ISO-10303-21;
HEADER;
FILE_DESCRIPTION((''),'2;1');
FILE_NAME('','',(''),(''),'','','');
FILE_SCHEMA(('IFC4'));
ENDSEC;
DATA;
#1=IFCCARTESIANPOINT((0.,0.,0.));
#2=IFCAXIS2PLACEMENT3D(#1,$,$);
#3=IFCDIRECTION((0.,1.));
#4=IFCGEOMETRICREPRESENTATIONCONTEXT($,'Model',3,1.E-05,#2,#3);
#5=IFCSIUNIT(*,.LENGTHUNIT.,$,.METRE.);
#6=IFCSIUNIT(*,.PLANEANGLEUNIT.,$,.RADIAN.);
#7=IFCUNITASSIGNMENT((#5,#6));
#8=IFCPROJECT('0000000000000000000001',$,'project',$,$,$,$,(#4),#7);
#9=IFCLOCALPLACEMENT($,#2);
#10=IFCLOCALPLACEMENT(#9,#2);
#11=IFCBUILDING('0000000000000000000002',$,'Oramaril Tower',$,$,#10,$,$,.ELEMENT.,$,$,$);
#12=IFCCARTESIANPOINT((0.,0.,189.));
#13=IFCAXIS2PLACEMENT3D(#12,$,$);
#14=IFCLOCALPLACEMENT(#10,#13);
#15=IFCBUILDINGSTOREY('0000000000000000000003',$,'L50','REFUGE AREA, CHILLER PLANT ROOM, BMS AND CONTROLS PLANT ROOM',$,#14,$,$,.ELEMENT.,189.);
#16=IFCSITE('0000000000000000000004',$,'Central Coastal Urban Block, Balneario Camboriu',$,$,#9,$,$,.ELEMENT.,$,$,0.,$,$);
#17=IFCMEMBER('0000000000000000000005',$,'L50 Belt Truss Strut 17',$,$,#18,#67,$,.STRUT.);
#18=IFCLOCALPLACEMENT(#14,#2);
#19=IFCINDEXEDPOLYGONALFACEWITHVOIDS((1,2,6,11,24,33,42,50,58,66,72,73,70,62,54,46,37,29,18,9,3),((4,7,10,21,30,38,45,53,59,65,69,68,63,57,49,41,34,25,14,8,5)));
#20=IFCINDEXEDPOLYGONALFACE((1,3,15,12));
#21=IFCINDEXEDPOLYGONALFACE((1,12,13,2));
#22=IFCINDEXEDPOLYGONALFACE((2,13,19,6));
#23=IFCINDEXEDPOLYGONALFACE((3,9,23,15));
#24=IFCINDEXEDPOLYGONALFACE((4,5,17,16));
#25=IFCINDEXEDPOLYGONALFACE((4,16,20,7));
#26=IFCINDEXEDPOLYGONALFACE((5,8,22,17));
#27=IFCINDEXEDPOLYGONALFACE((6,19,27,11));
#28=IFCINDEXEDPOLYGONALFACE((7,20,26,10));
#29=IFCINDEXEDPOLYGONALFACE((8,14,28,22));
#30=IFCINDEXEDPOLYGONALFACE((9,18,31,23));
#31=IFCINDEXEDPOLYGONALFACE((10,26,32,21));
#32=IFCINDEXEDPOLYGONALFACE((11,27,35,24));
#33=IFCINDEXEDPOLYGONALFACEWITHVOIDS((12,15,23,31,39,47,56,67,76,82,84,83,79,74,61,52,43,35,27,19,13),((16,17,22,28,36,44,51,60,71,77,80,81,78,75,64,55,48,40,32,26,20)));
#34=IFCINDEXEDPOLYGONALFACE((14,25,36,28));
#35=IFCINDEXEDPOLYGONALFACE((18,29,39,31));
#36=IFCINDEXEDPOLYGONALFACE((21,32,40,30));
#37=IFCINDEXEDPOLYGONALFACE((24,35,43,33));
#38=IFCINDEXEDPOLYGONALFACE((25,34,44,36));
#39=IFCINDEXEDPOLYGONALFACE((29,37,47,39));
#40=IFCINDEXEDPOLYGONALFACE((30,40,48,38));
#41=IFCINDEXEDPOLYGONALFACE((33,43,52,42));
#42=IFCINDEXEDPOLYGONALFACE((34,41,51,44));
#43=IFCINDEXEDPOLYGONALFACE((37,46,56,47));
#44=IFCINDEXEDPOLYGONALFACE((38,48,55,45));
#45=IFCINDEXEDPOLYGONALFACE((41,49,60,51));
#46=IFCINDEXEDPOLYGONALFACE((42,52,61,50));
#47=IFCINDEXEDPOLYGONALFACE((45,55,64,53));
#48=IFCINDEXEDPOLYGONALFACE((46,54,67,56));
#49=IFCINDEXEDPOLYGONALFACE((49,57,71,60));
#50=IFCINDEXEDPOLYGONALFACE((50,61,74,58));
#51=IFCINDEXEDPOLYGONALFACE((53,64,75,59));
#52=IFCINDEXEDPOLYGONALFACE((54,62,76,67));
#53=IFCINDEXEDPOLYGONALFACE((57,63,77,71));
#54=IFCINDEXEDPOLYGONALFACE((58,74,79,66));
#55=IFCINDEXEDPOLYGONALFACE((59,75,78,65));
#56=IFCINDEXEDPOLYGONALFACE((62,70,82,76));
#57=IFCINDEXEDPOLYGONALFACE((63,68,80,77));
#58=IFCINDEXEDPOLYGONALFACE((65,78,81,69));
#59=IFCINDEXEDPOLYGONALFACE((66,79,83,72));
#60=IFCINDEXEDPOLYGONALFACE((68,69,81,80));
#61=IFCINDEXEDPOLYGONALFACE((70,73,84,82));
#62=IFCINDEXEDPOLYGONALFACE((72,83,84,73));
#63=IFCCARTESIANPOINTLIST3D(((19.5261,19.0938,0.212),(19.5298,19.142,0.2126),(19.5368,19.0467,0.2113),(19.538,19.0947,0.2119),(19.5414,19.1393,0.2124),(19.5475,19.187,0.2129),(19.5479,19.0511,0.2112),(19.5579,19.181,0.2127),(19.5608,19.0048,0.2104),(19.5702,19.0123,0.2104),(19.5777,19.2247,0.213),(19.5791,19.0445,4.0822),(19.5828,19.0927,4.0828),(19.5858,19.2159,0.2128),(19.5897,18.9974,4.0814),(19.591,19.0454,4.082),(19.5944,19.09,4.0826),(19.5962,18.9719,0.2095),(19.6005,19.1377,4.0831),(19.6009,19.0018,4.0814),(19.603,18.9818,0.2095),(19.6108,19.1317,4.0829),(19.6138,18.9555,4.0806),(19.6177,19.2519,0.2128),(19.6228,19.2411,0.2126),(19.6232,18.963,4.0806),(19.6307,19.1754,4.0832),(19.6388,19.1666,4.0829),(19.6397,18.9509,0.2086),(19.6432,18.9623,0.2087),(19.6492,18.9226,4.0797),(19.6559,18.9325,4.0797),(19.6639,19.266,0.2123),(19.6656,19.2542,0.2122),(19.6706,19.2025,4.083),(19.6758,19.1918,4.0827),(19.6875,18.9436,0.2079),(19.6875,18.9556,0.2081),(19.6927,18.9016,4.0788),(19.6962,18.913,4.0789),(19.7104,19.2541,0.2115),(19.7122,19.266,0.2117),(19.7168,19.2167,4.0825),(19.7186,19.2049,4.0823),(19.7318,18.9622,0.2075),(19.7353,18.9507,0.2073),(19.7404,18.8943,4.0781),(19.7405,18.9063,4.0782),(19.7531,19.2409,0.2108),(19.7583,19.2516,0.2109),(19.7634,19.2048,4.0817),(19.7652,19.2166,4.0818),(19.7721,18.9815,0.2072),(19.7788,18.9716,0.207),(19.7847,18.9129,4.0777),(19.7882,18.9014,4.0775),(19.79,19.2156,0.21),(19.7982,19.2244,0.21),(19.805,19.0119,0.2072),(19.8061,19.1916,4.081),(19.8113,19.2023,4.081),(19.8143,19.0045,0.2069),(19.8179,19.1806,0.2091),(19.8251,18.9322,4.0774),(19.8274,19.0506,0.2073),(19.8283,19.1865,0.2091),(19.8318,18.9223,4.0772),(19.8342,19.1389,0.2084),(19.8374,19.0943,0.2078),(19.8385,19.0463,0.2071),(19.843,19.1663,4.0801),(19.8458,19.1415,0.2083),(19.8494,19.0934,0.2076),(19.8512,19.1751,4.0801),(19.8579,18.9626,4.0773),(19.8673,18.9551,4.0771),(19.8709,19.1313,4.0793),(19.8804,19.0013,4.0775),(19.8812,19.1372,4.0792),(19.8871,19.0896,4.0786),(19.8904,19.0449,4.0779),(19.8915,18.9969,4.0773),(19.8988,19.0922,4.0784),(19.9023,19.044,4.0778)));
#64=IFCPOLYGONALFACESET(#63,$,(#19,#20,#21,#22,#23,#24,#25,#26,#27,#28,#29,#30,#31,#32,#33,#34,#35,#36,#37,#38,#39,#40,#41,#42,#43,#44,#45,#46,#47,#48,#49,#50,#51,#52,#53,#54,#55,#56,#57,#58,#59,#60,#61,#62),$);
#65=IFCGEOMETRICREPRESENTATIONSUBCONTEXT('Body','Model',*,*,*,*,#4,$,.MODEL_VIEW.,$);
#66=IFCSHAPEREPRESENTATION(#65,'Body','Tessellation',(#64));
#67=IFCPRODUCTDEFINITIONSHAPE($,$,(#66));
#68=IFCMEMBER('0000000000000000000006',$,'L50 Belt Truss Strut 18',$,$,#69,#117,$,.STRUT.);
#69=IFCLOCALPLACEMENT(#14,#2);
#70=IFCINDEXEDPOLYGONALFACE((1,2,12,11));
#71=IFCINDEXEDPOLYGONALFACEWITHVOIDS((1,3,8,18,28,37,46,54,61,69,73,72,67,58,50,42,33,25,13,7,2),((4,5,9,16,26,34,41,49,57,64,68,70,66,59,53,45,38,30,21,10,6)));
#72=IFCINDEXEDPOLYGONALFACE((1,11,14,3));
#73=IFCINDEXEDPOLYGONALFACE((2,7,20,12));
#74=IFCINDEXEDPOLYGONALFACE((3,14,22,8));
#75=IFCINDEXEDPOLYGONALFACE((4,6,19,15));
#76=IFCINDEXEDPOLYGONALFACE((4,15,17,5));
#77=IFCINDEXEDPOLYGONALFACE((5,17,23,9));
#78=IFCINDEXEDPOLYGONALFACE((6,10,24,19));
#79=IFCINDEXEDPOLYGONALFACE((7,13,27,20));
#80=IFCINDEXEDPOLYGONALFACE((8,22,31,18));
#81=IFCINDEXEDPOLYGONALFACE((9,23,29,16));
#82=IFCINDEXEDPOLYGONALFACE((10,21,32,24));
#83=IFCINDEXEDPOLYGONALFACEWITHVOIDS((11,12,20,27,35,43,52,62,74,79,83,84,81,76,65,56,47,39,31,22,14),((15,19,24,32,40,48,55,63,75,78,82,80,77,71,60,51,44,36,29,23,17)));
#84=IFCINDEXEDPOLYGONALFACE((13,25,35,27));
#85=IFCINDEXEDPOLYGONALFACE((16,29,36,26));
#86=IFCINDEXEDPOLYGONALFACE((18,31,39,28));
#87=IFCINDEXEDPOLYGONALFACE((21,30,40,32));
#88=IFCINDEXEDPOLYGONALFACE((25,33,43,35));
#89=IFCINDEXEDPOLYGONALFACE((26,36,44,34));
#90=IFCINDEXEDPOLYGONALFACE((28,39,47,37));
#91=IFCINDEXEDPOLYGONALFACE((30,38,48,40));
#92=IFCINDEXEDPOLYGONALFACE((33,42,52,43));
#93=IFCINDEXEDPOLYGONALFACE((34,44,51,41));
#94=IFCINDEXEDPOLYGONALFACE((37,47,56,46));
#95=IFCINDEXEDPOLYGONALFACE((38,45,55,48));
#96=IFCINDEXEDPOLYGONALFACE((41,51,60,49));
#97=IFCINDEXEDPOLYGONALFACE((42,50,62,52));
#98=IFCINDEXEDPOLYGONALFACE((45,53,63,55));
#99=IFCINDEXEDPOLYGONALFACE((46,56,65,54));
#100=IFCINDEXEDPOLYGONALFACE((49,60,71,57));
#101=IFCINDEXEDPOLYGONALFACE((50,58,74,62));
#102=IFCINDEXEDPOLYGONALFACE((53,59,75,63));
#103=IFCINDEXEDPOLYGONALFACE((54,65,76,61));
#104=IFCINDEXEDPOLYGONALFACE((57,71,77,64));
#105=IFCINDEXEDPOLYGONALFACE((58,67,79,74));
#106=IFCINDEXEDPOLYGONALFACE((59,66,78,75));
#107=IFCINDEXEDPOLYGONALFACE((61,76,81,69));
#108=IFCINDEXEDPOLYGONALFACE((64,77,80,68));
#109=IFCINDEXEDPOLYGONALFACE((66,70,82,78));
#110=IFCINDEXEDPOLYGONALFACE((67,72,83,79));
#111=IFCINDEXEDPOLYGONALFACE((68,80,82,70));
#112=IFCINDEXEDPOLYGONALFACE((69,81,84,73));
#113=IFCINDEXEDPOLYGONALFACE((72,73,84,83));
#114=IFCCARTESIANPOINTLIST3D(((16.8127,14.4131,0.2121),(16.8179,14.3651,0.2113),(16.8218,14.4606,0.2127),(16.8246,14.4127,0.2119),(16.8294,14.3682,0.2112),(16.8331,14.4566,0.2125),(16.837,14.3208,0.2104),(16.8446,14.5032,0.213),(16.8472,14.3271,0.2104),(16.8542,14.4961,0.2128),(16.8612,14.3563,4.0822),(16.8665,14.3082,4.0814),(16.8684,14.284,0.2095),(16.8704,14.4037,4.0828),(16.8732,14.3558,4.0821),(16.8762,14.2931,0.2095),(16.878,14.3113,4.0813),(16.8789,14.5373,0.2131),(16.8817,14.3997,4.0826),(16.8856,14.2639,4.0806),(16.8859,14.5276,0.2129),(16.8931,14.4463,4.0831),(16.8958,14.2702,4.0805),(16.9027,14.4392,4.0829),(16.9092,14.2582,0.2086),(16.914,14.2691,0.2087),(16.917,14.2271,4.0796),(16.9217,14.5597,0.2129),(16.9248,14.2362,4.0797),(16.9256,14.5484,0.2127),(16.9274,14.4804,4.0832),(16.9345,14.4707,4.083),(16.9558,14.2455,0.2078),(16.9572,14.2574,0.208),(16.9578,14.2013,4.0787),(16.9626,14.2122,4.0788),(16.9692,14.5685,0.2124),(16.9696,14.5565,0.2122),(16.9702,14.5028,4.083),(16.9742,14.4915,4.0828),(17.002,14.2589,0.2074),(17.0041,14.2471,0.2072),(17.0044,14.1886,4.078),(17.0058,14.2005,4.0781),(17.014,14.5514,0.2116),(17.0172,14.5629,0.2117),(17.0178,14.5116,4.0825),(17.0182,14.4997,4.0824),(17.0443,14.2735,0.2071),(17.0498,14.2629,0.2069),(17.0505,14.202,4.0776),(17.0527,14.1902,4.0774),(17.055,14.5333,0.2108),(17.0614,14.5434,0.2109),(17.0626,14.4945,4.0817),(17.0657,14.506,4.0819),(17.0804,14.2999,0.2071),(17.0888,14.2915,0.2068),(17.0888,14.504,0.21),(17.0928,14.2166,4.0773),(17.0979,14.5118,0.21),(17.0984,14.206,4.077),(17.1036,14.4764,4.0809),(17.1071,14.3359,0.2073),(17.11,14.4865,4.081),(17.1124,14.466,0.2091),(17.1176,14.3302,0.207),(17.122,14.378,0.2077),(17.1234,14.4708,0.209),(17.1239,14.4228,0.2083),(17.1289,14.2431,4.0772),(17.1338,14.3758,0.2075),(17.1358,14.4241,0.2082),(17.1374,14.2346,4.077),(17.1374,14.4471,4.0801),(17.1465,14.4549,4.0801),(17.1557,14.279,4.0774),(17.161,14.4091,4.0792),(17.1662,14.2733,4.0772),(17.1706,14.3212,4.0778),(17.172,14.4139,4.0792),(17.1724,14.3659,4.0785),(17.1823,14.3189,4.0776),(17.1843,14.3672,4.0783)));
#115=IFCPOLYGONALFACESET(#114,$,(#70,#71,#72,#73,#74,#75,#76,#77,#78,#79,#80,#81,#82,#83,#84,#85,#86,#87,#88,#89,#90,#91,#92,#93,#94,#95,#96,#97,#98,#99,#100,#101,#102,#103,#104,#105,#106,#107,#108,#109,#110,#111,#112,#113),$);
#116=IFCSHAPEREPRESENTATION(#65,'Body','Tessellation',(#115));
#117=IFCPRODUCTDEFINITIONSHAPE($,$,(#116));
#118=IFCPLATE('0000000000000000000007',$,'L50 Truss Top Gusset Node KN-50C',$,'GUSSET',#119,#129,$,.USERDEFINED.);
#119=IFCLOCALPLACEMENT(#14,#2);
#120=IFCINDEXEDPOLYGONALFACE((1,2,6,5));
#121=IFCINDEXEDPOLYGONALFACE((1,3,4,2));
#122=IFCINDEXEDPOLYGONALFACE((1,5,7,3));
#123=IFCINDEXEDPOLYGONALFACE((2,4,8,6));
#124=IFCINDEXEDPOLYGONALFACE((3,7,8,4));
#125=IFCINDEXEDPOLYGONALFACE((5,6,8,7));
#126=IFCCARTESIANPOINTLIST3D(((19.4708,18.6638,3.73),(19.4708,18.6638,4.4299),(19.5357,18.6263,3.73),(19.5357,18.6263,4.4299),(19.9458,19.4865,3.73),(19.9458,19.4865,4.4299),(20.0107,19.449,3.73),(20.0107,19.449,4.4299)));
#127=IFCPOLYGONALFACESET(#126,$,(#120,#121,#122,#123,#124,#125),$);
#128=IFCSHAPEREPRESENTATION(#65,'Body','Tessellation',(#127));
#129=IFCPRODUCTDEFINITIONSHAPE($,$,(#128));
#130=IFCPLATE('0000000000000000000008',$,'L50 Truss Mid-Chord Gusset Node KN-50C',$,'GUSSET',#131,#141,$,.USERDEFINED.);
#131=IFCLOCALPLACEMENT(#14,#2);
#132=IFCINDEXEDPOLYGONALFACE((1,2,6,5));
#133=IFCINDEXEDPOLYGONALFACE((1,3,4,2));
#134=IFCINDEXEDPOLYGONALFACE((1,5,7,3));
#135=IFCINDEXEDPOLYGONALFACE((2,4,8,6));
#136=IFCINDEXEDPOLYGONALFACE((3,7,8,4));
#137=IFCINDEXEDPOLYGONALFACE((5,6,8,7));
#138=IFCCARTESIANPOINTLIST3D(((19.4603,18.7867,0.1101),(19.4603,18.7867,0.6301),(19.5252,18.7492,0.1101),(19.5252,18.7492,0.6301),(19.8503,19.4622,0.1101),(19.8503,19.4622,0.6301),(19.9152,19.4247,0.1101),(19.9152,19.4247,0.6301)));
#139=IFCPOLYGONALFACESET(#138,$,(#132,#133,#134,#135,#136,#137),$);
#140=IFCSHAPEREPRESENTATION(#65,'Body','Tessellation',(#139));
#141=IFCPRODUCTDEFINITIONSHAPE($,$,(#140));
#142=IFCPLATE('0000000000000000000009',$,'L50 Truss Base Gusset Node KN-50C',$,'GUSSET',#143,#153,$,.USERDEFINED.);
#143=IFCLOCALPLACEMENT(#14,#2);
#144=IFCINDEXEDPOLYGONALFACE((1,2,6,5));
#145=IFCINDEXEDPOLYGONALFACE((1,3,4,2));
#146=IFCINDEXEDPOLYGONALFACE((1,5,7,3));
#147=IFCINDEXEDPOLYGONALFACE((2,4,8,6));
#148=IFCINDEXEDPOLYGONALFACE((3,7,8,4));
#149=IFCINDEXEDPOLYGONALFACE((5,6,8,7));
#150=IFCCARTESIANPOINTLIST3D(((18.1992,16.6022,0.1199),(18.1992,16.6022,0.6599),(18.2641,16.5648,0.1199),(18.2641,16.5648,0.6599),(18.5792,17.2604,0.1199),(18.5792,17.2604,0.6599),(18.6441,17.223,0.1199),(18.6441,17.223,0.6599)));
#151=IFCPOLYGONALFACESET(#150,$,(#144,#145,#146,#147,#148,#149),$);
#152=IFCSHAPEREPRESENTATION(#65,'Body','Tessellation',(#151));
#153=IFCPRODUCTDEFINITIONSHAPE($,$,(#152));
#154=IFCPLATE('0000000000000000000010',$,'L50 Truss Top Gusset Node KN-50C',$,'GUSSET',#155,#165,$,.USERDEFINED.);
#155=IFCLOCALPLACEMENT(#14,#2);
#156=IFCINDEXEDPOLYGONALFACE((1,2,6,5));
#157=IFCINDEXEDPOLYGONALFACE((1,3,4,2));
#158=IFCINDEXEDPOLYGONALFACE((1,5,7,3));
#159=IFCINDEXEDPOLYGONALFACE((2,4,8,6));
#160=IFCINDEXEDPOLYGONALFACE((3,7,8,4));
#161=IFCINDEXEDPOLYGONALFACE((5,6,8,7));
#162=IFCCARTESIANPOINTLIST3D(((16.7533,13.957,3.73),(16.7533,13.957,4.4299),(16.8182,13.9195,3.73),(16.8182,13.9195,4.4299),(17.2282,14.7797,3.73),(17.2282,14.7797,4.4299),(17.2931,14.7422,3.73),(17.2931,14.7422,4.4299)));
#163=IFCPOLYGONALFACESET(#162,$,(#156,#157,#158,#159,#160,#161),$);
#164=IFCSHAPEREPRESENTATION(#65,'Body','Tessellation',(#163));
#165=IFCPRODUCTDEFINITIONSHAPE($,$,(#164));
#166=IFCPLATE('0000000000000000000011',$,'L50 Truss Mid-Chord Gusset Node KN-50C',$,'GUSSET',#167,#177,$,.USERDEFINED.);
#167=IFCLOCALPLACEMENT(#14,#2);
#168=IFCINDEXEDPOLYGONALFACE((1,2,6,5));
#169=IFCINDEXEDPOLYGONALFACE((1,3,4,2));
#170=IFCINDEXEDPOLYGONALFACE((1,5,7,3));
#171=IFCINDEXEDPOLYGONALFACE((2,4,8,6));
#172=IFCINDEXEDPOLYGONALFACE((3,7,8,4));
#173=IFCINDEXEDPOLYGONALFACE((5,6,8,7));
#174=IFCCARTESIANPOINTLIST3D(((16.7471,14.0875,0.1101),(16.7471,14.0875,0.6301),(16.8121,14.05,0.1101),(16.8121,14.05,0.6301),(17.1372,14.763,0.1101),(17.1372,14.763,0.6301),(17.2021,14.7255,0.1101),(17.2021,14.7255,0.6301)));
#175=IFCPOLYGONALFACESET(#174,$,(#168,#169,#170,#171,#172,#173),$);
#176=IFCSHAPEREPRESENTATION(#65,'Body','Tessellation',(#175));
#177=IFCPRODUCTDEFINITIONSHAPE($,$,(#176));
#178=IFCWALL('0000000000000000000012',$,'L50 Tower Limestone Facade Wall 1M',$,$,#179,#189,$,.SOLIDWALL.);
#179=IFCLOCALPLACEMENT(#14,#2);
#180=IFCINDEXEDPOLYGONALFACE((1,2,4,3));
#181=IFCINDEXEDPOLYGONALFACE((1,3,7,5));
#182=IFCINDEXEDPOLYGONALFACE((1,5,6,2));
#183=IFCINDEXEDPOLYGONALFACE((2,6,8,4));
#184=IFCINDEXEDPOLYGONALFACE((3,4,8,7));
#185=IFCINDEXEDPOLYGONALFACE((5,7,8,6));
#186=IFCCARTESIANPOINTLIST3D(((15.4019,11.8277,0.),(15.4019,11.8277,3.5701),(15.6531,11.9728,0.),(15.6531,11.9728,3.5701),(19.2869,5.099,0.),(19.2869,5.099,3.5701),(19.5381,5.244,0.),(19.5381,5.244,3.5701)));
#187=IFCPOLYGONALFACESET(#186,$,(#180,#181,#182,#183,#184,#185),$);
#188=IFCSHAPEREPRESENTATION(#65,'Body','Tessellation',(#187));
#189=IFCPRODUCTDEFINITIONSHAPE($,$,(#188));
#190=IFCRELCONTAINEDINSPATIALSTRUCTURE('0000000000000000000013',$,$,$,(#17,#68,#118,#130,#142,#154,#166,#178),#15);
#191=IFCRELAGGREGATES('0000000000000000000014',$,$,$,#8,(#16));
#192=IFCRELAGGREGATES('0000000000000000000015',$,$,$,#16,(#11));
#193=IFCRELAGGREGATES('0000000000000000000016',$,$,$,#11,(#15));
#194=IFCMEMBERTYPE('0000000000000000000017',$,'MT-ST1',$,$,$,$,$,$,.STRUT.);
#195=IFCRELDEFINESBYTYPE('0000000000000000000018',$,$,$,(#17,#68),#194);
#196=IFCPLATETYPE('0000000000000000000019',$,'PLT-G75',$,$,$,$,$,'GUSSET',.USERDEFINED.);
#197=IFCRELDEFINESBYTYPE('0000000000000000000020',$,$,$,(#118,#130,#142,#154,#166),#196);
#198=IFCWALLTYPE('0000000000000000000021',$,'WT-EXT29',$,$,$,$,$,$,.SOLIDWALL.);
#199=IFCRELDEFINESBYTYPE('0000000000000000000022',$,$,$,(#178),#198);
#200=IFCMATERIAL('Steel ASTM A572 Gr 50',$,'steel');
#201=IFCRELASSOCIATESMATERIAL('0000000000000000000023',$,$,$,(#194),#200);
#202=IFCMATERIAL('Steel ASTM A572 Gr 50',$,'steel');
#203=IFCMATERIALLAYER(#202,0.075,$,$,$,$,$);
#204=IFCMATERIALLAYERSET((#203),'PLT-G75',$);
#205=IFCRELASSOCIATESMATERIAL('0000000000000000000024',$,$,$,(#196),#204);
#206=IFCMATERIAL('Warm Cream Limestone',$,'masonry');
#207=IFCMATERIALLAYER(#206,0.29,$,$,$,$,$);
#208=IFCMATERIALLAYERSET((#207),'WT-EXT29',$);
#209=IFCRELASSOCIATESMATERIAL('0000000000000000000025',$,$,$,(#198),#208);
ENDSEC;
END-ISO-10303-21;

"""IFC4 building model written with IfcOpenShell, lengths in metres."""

from ifc_helpers import new_model, si_unit, direction, frame, frame_2d, origin, origin_2d, place, context, subcontext, project, spatial, rectangle, hollow_circle, extrude, material, layer, layer_set, material_profile, profile_set, type_object, element, save


model = new_model("IFC4")

# Units and contexts
model_context = context("Model", 3, precision=1e-05, world=origin(), true_north=direction((0.0, 1.0)))
body_context = subcontext(model_context, "Body", "Model", "MODEL_VIEW")
ifc_project = project(units=[si_unit("LENGTHUNIT", "METRE"), si_unit("PLANEANGLEUNIT", "RADIAN")], contexts=[model_context])

# Site, building, storey
site_placement = place(None, origin())
site = spatial("IfcSite", under=ifc_project, at=site_placement, Name="Central Coastal Urban Block, Balneario Camboriu", CompositionType="ELEMENT", RefElevation=0.0)
building_placement = place(site_placement, origin())
building = spatial("IfcBuilding", under=site, at=building_placement, Name="Oramaril Tower", CompositionType="ELEMENT")
storey_placement = place(building_placement, frame((0.0, 0.0, 189.0)))
storey = spatial("IfcBuildingStorey", under=building, at=storey_placement, Name="L50", Description="REFUGE AREA, CHILLER PLANT ROOM, BMS AND CONTROLS PLANT ROOM", CompositionType="ELEMENT", Elevation=189.0)

# Members
ifc_material_1 = material(Name="Steel ASTM A572 Gr 50", Category="steel")
ifc_material_profile_1 = material_profile(ifc_material_1, hollow_circle(Radius=0.1621, WallThickness=0.012, at=origin_2d()), Name="CHS324X12")
ifc_profile_set_1 = profile_set([ifc_material_profile_1], Name="Steel ASTM A572 Gr 50")
member_type_1 = type_object("IfcMemberType", Name="MT-ST1", PredefinedType="STRUT", material=ifc_profile_set_1)
for number, where, z_axis, x_axis, name in (
    (1, (19.6877, 19.1057, 0.21), (0.013687, -0.012741, 0.999825), (0.681356, 0.731952, 0.0), "L50 Belt Truss Strut 17"),
    (2, (16.9746, 14.4065, 0.21), (0.012551, -0.014696, 0.999813), (0.760407, 0.649447, 0.0), "L50 Belt Truss Strut 18"),
):
    element("IfcMember", number, at=place(storey_placement, frame(where, z_axis=z_axis, x_axis=x_axis)), inside=storey, type_object=member_type_1, Name=name, PredefinedType="STRUT", context=body_context, shape_type="SweptSolid", body=[
        extrude(hollow_circle(Radius=0.1621, WallThickness=0.012, at=origin_2d()), origin(), (0.0, 0.0, 1.0), 3.8708),
    ])

# Plates
ifc_material_2 = material(Name="Steel ASTM A572 Gr 50", Category="steel")
ifc_layer_1 = layer(ifc_material_2, 0.075)
ifc_layer_set_1 = layer_set([ifc_layer_1], Name="PLT-G75")
plate_type = type_object("IfcPlateType", Name="PLT-G75", ElementType="GUSSET", PredefinedType="USERDEFINED", material=ifc_layer_set_1)
plate_1_placement = place(storey_placement, frame((19.7407, 19.0564, 3.73), z_axis=(0.0, 0.0, 1.0), x_axis=(-0.499991, -0.866031, 0.0)))
element("IfcPlate", 3, at=plate_1_placement, inside=storey, type_object=plate_type, Name="L50 Truss Top Gusset Node KN-50C", ObjectType="GUSSET", PredefinedType="USERDEFINED", context=body_context, shape_type="SweptSolid", body=[
    extrude(rectangle(XDim=0.95, YDim=0.075, at=origin_2d()), origin(), (0.0, 0.0, 1.0), 0.7),
])
plate_2_placement = place(storey_placement, frame((19.6877, 19.1057, 0.1101), z_axis=(0.0, 0.0, 1.0), x_axis=(-0.499991, -0.866031, 0.0)))
element("IfcPlate", 4, at=plate_2_placement, inside=storey, type_object=plate_type, Name="L50 Truss Mid-Chord Gusset Node KN-50C", ObjectType="GUSSET", PredefinedType="USERDEFINED", context=body_context, shape_type="SweptSolid", body=[
    extrude(rectangle(XDim=0.78, YDim=0.075, at=origin_2d()), origin(), (0.0, 0.0, 1.0), 0.52),
])
plate_3_placement = place(storey_placement, frame((18.4216, 16.9126, 0.1199), z_axis=(0.0, 0.0, 1.0), x_axis=(-0.499991, -0.866031, 0.0)))
element("IfcPlate", 5, at=plate_3_placement, inside=storey, type_object=plate_type, Name="L50 Truss Base Gusset Node KN-50C", ObjectType="GUSSET", PredefinedType="USERDEFINED", context=body_context, shape_type="SweptSolid", body=[
    extrude(rectangle(XDim=0.76, YDim=0.075, at=origin_2d()), origin(), (0.0, 0.0, 1.0), 0.54),
])
plate_4_placement = place(storey_placement, frame((17.0232, 14.3496, 3.73), z_axis=(0.0, 0.0, 1.0), x_axis=(-0.499997, -0.866027, 0.0)))
element("IfcPlate", 6, at=plate_4_placement, inside=storey, type_object=plate_type, Name="L50 Truss Top Gusset Node KN-50C", ObjectType="GUSSET", PredefinedType="USERDEFINED", context=body_context, shape_type="SweptSolid", body=[
    extrude(rectangle(XDim=0.95, YDim=0.075, at=origin_2d()), origin(), (0.0, 0.0, 1.0), 0.7),
])
plate_5_placement = place(storey_placement, frame((16.9746, 14.4065, 0.1101), z_axis=(0.0, 0.0, 1.0), x_axis=(-0.499997, -0.866027, 0.0)))
element("IfcPlate", 7, at=plate_5_placement, inside=storey, type_object=plate_type, Name="L50 Truss Mid-Chord Gusset Node KN-50C", ObjectType="GUSSET", PredefinedType="USERDEFINED", context=body_context, shape_type="SweptSolid", body=[
    extrude(rectangle(XDim=0.78, YDim=0.075, at=origin_2d()), origin(), (0.0, 0.0, 1.0), 0.52),
])

# Wall
ifc_material_3 = material(Name="Warm Cream Limestone", Category="masonry")
ifc_layer_2 = layer(ifc_material_3, 0.29)
ifc_layer_set_2 = layer_set([ifc_layer_2], Name="WT-EXT29")
wall_type_1 = type_object("IfcWallType", Name="WT-EXT29", PredefinedType="SOLIDWALL", material=ifc_layer_set_2)
wall_1_placement = place(storey_placement, frame((15.5276, 11.9001, 0.0), z_axis=(0.0, 0.0, 1.0), x_axis=(0.500015, -0.866017, 0.0)))
element("IfcWall", 8, at=wall_1_placement, inside=storey, type_object=wall_type_1, Name="L50 Tower Limestone Facade Wall 1M", PredefinedType="SOLIDWALL", context=body_context, shape_type="SweptSolid", body=[
    extrude(rectangle(XDim=7.7698, YDim=0.29, at=frame_2d((3.8848, 0.0))), origin(), (0.0, 0.0, 1.0), 3.5701),
])

save(model, "model.ifc")
